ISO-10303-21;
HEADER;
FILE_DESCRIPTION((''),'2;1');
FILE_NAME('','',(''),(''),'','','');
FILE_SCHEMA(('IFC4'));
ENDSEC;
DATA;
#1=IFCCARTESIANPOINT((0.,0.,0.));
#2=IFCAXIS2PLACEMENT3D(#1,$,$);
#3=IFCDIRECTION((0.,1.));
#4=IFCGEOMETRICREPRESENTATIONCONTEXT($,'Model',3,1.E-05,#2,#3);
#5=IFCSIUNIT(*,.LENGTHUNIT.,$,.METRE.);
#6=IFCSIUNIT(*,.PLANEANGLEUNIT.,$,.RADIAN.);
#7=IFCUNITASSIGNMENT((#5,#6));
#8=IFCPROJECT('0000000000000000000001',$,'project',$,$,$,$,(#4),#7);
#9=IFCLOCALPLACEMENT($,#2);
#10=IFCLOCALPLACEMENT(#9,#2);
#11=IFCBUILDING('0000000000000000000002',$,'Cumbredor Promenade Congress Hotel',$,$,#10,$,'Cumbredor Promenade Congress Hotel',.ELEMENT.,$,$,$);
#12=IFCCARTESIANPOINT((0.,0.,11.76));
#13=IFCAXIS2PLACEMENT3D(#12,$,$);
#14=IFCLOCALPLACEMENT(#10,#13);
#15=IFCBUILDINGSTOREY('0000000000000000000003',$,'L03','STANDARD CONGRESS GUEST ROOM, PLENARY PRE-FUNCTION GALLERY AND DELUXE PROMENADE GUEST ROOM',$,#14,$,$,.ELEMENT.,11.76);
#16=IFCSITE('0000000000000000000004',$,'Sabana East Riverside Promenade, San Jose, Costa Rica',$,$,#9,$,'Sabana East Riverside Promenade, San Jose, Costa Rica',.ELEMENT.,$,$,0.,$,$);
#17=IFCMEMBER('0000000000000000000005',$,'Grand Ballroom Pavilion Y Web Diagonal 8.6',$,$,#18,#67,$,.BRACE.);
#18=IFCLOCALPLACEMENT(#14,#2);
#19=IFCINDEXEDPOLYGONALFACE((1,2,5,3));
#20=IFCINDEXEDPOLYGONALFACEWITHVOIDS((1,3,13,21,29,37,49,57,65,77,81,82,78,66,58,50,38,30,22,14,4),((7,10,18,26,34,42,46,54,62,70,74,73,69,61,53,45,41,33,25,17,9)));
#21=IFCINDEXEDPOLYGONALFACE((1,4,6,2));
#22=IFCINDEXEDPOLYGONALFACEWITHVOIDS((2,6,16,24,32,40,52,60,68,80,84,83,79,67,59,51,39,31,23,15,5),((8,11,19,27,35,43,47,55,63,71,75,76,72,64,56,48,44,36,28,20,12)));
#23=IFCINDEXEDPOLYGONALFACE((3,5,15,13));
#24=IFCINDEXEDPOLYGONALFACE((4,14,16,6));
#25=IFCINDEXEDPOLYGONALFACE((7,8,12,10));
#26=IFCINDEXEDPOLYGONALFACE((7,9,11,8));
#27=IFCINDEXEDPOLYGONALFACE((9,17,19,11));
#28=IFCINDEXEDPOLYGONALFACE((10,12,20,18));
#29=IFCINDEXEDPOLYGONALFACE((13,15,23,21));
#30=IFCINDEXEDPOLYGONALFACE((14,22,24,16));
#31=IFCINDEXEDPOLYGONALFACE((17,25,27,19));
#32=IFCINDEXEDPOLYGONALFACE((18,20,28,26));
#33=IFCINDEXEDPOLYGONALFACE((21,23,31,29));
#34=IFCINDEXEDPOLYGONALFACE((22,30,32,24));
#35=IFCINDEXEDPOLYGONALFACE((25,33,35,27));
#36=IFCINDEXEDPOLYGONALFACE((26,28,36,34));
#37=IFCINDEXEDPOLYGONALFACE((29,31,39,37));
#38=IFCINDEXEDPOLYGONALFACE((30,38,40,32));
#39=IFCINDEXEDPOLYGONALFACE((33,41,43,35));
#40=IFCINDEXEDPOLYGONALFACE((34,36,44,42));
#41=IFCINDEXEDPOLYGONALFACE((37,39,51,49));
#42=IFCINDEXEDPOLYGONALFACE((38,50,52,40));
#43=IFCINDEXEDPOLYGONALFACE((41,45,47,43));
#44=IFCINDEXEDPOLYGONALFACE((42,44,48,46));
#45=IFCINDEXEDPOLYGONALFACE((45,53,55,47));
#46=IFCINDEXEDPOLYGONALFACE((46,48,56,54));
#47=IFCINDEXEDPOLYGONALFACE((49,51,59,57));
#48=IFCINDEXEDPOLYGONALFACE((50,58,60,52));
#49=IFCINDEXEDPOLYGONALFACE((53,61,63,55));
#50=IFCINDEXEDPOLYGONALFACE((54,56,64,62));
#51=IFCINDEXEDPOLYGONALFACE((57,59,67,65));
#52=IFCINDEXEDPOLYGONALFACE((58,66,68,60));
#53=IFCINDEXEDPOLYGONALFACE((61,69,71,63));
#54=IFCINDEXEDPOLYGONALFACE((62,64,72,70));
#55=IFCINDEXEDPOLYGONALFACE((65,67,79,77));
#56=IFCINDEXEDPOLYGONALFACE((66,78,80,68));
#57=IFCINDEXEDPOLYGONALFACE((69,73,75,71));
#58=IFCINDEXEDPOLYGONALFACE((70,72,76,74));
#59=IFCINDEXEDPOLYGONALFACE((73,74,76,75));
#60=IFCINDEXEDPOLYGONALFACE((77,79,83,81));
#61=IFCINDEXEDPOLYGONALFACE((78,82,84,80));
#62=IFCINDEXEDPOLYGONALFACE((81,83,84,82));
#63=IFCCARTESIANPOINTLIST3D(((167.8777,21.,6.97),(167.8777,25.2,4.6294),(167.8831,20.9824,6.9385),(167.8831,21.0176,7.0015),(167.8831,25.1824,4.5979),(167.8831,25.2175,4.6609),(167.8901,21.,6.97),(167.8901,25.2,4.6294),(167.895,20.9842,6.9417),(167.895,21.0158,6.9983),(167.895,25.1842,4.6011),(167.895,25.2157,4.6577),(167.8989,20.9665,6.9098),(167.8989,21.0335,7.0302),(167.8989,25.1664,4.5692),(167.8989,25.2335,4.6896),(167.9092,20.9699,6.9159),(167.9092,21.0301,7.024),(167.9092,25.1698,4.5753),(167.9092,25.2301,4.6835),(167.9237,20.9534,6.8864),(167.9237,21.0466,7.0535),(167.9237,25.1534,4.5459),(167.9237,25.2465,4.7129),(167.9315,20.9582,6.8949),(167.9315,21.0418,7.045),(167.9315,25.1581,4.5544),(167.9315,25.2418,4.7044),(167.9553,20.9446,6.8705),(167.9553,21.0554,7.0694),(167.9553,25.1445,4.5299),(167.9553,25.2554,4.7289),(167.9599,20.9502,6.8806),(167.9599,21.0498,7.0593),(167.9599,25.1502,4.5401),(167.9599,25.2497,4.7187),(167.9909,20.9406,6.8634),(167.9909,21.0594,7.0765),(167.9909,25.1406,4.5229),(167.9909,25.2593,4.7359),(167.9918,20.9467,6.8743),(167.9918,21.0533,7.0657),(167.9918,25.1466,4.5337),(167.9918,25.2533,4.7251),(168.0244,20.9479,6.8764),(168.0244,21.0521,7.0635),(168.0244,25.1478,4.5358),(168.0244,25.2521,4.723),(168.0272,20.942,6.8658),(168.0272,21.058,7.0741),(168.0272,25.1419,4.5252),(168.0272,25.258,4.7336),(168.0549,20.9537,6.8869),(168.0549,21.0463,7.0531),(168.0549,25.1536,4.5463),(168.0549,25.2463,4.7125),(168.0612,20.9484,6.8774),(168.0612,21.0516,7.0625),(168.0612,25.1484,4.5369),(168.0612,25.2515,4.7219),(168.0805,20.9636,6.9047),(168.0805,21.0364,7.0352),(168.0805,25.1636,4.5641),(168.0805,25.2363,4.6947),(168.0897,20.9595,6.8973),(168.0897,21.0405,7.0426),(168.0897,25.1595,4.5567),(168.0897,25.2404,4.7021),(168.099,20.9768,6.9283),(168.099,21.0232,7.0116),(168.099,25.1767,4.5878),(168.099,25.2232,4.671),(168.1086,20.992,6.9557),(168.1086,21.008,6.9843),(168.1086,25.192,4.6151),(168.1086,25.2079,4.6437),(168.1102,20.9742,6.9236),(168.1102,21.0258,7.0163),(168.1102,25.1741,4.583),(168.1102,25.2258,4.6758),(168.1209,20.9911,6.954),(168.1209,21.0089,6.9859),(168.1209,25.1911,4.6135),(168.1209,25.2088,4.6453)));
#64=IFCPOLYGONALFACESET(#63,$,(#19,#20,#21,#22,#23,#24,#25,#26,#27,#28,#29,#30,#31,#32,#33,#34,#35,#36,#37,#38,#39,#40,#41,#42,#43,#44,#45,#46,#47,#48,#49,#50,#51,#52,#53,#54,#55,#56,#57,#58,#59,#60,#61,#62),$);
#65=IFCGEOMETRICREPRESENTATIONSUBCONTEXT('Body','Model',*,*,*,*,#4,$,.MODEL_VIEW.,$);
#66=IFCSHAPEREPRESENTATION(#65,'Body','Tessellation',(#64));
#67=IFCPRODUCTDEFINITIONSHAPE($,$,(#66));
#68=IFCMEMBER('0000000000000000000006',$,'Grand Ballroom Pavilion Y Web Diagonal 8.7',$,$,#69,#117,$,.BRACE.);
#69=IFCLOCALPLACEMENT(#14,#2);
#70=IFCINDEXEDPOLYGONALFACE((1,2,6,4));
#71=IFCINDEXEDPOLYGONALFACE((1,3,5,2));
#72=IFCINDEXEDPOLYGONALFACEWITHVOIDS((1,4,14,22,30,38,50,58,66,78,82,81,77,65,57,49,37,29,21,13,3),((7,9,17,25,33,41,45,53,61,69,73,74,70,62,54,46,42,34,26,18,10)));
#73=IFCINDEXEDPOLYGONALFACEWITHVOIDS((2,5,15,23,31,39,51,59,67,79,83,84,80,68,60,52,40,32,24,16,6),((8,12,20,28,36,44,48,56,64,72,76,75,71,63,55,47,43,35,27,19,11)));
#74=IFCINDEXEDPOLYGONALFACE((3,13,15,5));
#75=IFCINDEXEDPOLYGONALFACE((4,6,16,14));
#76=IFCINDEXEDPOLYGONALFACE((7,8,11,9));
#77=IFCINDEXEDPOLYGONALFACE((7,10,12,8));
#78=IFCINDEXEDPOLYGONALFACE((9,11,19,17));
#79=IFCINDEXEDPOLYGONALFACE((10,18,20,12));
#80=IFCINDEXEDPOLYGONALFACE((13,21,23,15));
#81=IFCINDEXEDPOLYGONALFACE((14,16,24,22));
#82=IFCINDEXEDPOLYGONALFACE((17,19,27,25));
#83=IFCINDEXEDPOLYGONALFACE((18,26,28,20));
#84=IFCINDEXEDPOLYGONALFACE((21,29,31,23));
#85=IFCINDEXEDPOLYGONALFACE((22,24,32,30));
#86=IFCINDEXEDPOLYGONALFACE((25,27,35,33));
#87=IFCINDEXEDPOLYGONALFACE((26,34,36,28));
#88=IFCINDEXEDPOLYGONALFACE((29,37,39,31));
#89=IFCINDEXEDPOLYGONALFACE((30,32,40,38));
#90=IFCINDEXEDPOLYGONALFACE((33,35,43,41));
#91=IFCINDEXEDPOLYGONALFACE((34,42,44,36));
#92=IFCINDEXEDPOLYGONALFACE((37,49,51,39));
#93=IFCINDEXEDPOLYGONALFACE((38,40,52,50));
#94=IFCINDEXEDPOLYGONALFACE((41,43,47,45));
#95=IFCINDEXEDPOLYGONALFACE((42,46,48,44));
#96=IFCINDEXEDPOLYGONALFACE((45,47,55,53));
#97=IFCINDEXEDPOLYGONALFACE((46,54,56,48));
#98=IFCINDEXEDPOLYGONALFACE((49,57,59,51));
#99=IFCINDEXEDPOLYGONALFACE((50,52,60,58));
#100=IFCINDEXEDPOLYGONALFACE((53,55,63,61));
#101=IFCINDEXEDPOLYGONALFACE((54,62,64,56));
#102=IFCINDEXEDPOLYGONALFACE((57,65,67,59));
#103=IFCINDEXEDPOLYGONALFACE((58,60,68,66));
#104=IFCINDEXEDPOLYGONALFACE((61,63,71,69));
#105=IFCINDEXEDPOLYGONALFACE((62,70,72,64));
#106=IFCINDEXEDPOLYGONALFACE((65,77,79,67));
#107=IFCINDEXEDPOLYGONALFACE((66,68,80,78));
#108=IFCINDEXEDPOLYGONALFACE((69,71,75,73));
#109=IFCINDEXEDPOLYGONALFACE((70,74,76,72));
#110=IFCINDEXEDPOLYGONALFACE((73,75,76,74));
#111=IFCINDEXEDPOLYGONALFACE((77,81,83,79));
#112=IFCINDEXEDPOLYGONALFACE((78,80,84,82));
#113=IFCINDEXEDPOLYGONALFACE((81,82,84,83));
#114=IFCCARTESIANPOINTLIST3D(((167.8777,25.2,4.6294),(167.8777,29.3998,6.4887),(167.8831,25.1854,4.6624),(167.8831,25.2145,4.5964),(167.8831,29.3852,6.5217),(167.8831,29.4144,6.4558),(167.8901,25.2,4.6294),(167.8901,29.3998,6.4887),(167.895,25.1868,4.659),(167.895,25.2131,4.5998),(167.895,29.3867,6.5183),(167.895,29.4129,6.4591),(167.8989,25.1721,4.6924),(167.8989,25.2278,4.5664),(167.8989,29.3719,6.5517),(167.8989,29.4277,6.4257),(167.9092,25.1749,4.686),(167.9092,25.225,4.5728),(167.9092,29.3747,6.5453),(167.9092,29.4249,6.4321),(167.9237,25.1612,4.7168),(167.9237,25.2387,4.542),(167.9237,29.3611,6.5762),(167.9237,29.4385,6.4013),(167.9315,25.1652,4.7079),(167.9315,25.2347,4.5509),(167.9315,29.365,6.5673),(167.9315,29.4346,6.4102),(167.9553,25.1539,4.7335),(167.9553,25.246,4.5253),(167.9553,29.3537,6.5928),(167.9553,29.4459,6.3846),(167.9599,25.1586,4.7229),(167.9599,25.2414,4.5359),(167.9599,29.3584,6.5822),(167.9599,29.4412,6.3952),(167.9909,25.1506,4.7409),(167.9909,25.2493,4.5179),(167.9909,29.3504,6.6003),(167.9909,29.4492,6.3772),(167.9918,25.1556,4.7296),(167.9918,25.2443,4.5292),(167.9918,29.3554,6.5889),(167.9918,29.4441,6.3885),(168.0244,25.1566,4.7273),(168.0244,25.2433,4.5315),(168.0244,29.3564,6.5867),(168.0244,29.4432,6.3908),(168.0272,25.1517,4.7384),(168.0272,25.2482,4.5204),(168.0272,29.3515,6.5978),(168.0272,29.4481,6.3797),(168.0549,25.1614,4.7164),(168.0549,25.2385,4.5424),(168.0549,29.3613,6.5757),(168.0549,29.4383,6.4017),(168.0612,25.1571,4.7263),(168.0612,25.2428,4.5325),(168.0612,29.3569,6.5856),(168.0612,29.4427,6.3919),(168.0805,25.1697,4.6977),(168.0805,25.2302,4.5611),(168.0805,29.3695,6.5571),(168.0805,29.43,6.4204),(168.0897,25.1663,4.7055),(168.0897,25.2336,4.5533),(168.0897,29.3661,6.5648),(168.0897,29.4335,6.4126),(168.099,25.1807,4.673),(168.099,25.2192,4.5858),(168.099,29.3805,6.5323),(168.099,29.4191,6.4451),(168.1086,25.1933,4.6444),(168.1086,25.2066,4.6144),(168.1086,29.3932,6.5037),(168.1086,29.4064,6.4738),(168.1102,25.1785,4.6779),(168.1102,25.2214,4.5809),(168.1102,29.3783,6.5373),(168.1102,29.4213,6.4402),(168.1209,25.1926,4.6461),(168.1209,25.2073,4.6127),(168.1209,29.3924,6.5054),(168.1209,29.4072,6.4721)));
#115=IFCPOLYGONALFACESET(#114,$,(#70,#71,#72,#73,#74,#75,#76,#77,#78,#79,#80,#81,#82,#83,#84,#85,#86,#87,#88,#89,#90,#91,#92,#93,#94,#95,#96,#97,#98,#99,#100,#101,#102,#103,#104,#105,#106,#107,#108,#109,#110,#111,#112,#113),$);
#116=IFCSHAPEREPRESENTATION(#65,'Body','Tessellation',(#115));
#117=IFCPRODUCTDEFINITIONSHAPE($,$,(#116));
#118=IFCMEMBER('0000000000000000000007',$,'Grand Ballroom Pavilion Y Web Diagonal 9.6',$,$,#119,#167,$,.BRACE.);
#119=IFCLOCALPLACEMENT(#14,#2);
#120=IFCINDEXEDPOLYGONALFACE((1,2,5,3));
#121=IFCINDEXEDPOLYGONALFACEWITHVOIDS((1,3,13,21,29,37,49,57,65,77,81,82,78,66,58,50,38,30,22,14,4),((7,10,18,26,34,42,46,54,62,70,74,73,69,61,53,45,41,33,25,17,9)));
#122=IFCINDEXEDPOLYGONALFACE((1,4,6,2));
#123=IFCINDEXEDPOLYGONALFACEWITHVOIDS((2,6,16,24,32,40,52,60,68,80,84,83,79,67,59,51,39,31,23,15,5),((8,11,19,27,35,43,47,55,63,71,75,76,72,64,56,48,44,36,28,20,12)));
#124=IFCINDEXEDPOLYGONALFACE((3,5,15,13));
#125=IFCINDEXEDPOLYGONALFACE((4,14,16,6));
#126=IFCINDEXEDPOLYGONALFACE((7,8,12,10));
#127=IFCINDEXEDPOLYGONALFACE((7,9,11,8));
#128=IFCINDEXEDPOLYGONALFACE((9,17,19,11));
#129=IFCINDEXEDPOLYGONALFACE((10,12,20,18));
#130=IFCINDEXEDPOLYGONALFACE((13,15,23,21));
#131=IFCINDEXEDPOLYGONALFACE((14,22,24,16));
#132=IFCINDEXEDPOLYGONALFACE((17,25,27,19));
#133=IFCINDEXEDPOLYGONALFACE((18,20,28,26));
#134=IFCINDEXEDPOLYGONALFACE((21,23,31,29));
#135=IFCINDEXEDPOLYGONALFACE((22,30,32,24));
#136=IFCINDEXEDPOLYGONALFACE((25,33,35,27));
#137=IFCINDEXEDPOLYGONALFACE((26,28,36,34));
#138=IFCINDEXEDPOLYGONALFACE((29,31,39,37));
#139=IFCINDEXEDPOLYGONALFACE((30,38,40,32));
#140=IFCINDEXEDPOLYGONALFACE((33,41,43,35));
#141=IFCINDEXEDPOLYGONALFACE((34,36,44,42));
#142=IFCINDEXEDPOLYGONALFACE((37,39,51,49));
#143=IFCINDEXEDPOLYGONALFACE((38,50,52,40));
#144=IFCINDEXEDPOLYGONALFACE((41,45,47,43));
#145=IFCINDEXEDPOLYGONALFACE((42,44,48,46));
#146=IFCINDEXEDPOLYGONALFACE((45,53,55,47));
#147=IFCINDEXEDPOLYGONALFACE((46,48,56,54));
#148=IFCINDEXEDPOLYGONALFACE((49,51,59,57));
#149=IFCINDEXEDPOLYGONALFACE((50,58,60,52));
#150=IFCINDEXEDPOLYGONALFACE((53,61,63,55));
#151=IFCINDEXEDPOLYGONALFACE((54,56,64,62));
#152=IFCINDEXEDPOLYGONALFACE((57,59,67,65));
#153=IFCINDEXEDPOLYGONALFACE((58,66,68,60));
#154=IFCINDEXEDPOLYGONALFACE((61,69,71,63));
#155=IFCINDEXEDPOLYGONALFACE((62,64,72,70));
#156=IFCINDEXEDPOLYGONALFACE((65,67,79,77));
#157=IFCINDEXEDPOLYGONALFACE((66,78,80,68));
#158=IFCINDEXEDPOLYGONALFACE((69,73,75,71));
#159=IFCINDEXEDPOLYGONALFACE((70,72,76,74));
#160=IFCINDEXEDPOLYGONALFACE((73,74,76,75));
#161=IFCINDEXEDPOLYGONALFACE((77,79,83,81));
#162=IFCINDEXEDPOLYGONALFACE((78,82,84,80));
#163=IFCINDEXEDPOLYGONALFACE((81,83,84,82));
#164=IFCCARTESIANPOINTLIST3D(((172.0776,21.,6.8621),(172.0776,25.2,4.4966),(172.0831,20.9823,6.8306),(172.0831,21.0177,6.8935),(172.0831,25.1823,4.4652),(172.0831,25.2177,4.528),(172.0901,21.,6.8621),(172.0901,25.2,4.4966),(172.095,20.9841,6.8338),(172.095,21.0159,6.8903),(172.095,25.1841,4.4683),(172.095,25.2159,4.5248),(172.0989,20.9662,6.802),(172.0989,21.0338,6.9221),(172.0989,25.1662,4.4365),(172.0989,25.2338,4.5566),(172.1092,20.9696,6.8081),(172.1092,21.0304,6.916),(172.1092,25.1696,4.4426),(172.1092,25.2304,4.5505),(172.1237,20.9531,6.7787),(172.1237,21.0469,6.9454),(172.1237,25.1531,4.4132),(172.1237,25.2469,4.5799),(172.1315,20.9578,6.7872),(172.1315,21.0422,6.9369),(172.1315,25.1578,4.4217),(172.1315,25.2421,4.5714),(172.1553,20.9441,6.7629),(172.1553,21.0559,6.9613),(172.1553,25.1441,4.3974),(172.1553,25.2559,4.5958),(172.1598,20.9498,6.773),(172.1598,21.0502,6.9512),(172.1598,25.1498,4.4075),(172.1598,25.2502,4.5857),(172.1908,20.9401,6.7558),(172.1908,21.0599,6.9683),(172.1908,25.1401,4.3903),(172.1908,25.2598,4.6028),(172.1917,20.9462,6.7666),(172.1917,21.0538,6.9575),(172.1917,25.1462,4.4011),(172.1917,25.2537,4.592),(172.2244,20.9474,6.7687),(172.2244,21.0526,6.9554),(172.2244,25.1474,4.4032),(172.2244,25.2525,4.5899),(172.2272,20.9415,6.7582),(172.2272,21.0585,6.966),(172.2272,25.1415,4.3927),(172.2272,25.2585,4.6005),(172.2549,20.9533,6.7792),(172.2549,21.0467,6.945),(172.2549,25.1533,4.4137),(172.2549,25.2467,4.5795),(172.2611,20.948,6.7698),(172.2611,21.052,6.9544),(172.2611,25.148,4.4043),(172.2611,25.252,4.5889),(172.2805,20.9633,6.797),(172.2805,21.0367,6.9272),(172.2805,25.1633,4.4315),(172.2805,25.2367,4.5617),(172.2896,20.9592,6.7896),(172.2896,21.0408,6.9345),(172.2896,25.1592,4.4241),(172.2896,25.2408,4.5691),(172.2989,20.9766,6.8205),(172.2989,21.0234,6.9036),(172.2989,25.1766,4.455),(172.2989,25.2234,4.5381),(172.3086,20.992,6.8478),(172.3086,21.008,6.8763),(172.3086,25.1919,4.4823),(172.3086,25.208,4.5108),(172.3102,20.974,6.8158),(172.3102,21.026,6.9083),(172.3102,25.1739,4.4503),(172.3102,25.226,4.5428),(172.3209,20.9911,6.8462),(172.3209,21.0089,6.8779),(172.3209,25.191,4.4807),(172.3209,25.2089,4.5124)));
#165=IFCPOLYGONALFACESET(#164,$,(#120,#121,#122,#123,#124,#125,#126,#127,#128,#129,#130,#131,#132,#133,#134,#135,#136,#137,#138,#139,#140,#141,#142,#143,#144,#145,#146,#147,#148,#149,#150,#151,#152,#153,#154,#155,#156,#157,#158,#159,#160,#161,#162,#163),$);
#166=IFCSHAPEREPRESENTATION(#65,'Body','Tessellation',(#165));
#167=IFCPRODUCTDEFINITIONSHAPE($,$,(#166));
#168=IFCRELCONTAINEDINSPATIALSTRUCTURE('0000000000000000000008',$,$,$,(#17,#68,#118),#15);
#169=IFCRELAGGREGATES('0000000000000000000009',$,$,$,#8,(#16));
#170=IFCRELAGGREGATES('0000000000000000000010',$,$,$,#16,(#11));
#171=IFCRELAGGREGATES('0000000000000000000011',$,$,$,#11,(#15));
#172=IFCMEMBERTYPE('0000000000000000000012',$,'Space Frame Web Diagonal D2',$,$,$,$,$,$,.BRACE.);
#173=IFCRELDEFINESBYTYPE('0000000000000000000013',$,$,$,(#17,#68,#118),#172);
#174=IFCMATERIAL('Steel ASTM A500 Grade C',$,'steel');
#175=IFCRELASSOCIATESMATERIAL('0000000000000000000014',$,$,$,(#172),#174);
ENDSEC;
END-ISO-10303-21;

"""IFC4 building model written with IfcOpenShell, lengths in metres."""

from ifc_helpers import new_model, si_unit, direction, frame, origin, origin_2d, place, context, subcontext, project, spatial, hollow_circle, extrude, material, material_profile, profile_set, type_object, element, save


model = new_model("IFC4")

# Units and contexts
model_context = context("Model", 3, precision=1e-05, world=origin(), true_north=direction((0.0, 1.0)))
body_context = subcontext(model_context, "Body", "Model", "MODEL_VIEW")
ifc_project = project(units=[si_unit("LENGTHUNIT", "METRE"), si_unit("PLANEANGLEUNIT", "RADIAN")], contexts=[model_context])

# Site, building, storey
site_placement = place(None, origin())
site = spatial("IfcSite", under=ifc_project, at=site_placement, Name="Sabana East Riverside Promenade, San Jose, Costa Rica", LongName="Sabana East Riverside Promenade, San Jose, Costa Rica", CompositionType="ELEMENT", RefElevation=0.0)
building_placement = place(site_placement, origin())
building = spatial("IfcBuilding", under=site, at=building_placement, Name="Cumbredor Promenade Congress Hotel", LongName="Cumbredor Promenade Congress Hotel", CompositionType="ELEMENT")
storey_placement = place(building_placement, frame((0.0, 0.0, 11.76)))
storey = spatial("IfcBuildingStorey", under=building, at=storey_placement, Name="L03", Description="STANDARD CONGRESS GUEST ROOM, PLENARY PRE-FUNCTION GALLERY AND DELUXE PROMENADE GUEST ROOM", CompositionType="ELEMENT", Elevation=11.76)

# Members
ifc_material_1 = material(Name="Steel ASTM A500 Grade C", Category="steel")
ifc_material_profile_1 = material_profile(ifc_material_1, hollow_circle(Radius=0.1223, WallThickness=0.0125, at=origin_2d()), Name="CHS 244.5x12.5")
ifc_profile_set_1 = profile_set([ifc_material_profile_1], Name="Steel ASTM A500 Grade C")
member_type_1 = type_object("IfcMemberType", Name="Space Frame Web Diagonal D2", PredefinedType="BRACE", material=ifc_profile_set_1)
member_1_placement = place(storey_placement, frame((168.0, 21.0, 6.97), z_axis=(0.0, 0.873515, -0.486798), x_axis=(-1.0, 0.0, 0.0)))
element("IfcMember", 1, at=member_1_placement, inside=storey, type_object=member_type_1, Name="Grand Ballroom Pavilion Y Web Diagonal 8.6", PredefinedType="BRACE", context=body_context, shape_type="SweptSolid", body=[
    extrude(hollow_circle(Radius=0.1223, WallThickness=0.0125, at=origin_2d()), origin(), (0.0, 0.0, 1.0), 4.8081),
])
member_2_placement = place(storey_placement, frame((168.0, 25.2, 4.6294), z_axis=(0.0, 0.914398, 0.404816), x_axis=(-1.0, 0.0, 0.0)))
element("IfcMember", 2, at=member_2_placement, inside=storey, type_object=member_type_1, Name="Grand Ballroom Pavilion Y Web Diagonal 8.7", PredefinedType="BRACE", context=body_context, shape_type="SweptSolid", body=[
    extrude(hollow_circle(Radius=0.1223, WallThickness=0.0125, at=origin_2d()), origin(), (0.0, 0.0, 1.0), 4.593),
])
member_3_placement = place(storey_placement, frame((172.2, 21.0, 6.8621), z_axis=(0.0, 0.871309, -0.490735), x_axis=(-1.0, 0.0, 0.0)))
element("IfcMember", 3, at=member_3_placement, inside=storey, type_object=member_type_1, Name="Grand Ballroom Pavilion Y Web Diagonal 9.6", PredefinedType="BRACE", context=body_context, shape_type="SweptSolid", body=[
    extrude(hollow_circle(Radius=0.1223, WallThickness=0.0125, at=origin_2d()), origin(), (0.0, 0.0, 1.0), 4.8203),
])

save(model, "model.ifc")
